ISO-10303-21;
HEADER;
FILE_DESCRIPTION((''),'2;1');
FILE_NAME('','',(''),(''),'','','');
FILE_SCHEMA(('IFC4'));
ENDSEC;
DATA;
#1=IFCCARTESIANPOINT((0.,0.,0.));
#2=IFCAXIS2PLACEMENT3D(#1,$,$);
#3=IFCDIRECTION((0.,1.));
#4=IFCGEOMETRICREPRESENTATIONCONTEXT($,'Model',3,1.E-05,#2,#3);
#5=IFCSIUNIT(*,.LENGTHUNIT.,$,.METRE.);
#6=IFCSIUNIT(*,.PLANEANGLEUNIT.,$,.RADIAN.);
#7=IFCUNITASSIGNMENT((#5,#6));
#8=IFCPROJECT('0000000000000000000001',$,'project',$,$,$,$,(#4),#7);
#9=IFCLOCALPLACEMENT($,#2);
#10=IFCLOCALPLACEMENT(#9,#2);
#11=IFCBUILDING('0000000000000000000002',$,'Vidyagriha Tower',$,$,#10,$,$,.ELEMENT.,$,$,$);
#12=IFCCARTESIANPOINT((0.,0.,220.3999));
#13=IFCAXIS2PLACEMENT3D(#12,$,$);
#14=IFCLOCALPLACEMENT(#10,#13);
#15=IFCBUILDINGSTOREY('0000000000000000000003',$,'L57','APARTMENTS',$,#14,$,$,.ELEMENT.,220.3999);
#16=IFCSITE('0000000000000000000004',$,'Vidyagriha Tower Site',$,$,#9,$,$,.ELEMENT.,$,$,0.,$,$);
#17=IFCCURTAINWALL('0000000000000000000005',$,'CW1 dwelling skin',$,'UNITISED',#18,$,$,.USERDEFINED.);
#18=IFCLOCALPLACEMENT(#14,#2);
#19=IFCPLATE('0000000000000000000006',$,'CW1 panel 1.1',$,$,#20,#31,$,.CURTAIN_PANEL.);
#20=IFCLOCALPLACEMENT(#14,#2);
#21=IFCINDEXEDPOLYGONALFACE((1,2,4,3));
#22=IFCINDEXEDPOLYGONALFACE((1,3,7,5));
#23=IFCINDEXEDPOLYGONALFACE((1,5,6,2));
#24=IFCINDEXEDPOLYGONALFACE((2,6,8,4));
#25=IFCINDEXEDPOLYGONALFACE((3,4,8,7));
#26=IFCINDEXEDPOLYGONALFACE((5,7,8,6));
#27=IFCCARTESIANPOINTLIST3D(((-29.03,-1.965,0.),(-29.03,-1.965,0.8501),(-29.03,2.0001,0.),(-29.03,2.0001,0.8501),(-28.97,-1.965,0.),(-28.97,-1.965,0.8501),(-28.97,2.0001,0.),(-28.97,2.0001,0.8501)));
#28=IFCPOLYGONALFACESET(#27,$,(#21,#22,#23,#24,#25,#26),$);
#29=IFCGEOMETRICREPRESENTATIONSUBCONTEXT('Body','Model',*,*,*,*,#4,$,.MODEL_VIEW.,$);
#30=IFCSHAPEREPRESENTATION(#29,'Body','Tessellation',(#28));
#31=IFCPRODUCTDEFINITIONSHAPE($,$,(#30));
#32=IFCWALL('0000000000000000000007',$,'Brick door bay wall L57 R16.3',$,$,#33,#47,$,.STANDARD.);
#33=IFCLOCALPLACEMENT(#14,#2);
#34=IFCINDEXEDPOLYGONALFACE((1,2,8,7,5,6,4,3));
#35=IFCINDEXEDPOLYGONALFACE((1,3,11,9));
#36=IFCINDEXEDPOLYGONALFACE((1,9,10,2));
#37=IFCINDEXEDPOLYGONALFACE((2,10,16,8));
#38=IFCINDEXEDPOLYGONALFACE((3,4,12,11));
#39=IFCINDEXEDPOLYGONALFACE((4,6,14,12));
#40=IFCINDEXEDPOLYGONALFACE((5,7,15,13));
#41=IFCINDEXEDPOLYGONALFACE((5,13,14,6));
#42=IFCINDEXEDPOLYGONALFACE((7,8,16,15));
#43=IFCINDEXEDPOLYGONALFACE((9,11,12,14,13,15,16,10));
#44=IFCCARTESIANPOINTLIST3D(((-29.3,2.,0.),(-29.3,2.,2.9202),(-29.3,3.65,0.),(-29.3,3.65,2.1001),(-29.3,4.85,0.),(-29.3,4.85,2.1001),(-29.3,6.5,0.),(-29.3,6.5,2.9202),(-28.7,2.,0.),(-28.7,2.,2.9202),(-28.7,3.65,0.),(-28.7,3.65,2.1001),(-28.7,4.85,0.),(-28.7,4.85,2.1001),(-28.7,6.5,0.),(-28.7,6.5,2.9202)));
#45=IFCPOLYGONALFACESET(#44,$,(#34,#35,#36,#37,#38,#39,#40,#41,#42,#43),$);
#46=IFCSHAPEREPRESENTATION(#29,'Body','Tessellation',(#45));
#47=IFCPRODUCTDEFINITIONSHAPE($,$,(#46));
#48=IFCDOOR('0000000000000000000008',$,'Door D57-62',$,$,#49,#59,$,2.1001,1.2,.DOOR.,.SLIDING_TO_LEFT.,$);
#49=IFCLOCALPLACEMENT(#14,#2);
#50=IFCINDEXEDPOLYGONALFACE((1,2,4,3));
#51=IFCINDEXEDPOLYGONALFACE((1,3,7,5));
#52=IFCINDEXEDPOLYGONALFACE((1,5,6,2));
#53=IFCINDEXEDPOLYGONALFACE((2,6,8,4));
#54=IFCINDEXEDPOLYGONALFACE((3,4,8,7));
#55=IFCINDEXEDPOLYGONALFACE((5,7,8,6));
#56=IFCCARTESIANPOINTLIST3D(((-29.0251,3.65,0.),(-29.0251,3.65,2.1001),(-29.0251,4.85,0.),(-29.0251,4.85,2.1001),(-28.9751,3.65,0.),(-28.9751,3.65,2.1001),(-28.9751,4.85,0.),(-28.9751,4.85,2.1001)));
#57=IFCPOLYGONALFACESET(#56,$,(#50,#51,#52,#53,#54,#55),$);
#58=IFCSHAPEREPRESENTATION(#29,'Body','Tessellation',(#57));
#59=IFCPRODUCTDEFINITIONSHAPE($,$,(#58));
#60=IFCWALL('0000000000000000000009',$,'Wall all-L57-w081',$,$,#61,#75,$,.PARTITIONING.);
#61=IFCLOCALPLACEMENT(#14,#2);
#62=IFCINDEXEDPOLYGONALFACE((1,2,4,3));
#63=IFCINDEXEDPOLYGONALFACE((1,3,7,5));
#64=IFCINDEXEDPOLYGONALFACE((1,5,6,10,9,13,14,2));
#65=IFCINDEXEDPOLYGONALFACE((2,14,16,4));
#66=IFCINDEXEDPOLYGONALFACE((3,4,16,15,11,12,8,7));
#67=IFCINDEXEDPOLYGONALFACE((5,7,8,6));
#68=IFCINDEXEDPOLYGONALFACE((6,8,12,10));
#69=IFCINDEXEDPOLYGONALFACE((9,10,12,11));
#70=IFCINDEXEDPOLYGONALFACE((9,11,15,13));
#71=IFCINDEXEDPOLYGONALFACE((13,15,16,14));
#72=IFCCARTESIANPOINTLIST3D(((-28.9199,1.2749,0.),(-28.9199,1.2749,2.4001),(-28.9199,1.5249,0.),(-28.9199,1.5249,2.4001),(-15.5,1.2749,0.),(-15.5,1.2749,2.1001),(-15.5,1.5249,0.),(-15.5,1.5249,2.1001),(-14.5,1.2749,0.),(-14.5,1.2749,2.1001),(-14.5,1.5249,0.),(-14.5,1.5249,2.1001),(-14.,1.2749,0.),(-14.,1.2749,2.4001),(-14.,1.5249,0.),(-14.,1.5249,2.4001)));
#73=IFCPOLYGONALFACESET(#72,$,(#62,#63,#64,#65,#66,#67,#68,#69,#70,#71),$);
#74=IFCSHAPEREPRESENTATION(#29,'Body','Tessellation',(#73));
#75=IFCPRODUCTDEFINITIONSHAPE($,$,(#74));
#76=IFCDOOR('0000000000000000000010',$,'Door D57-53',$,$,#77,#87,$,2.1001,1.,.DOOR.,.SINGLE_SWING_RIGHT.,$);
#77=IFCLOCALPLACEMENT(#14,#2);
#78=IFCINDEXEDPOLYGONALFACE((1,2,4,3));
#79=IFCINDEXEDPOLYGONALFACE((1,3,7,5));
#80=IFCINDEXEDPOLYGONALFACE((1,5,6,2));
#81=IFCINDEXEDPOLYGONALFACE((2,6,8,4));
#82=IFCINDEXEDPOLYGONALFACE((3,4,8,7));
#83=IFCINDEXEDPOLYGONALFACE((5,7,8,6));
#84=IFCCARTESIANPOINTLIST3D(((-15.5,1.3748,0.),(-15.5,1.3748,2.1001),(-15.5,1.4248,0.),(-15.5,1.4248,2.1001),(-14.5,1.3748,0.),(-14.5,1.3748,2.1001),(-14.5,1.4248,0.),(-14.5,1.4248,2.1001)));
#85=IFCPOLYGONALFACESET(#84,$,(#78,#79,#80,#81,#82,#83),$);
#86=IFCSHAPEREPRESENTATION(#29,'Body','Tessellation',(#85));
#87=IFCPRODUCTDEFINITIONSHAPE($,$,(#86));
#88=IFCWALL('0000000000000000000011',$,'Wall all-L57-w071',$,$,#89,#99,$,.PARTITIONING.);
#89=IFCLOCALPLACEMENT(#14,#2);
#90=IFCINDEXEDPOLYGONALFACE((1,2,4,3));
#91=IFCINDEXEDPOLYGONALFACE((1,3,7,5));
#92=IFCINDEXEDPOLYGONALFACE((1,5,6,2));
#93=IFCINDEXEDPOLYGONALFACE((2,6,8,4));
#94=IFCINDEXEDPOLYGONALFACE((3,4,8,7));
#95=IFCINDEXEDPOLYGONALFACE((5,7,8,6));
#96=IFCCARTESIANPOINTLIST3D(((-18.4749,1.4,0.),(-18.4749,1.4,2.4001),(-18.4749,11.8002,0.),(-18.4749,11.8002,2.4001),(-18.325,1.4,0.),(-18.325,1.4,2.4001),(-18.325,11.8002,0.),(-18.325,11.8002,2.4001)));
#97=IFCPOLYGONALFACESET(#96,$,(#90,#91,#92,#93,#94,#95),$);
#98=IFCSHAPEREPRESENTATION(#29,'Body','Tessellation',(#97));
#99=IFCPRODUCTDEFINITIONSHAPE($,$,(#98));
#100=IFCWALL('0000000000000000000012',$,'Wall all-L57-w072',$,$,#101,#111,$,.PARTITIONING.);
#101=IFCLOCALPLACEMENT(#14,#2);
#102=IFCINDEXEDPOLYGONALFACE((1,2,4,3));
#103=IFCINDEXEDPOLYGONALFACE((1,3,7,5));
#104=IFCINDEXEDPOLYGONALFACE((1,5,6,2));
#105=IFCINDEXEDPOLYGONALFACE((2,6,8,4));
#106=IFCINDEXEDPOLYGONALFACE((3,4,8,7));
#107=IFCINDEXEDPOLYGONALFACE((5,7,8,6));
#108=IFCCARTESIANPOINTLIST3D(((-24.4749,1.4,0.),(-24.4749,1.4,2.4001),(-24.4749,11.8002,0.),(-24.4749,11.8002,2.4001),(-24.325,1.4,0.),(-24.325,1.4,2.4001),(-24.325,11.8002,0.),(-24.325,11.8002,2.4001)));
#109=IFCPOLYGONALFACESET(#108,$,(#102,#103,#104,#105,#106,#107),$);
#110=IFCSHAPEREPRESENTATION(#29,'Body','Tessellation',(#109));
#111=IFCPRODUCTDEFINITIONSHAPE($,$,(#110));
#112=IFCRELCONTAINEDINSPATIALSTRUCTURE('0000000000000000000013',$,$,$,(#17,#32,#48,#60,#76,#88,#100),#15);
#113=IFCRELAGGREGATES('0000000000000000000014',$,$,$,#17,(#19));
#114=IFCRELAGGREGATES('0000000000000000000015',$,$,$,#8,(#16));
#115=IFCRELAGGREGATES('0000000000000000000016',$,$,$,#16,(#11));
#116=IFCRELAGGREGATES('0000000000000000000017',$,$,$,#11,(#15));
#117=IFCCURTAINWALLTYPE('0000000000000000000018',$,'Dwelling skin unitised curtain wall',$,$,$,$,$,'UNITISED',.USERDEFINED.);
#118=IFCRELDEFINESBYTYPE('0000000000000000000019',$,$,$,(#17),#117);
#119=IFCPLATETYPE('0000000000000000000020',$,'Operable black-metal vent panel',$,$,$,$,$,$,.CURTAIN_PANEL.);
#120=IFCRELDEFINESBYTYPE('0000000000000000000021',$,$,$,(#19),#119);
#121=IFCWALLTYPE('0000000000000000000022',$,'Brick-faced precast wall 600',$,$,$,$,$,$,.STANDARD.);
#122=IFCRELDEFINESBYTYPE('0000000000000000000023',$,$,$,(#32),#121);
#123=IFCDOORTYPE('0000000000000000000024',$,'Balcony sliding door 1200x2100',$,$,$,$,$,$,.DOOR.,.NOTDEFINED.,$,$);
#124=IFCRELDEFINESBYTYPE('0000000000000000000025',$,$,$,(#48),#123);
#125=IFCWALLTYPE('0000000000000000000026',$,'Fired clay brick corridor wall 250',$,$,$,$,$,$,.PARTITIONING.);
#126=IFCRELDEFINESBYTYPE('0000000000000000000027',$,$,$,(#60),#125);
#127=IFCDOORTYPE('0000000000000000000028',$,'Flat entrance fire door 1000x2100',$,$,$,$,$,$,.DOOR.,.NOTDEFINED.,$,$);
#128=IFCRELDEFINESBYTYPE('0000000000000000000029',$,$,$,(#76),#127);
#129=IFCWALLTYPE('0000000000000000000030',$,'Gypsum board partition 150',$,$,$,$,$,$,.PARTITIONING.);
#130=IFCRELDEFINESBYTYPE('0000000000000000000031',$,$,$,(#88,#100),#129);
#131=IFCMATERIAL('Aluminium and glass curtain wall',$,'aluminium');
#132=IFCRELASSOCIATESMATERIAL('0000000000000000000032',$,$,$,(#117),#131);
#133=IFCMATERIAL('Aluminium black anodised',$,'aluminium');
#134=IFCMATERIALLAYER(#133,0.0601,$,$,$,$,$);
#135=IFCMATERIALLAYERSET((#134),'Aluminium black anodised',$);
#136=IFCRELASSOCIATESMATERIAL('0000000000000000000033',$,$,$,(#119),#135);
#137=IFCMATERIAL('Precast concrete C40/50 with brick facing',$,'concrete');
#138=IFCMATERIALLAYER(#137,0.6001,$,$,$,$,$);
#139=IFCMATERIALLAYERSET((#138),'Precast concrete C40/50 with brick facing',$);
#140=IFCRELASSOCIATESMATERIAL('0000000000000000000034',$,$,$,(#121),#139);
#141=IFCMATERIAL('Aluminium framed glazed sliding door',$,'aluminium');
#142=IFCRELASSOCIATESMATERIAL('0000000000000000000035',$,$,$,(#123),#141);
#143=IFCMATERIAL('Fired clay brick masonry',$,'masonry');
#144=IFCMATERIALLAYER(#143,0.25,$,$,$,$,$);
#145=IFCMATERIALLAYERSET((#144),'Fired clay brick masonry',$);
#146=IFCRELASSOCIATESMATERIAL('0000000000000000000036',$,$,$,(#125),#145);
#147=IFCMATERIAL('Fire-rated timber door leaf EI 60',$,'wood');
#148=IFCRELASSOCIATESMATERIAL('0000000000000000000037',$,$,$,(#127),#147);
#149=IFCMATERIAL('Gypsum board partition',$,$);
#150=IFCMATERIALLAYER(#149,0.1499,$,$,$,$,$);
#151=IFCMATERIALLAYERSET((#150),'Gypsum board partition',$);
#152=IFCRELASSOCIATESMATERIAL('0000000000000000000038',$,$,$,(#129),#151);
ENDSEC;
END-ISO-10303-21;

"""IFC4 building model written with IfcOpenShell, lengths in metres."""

from ifc_helpers import new_model, si_unit, direction, frame, frame_2d, origin, origin_2d, place, context, subcontext, project, spatial, rectangle, extrude, material, layer, layer_set, type_object, element, fill, aggregate, save


model = new_model("IFC4")

# Units and contexts
model_context = context("Model", 3, precision=1e-05, world=origin(), true_north=direction((0.0, 1.0)))
body_context = subcontext(model_context, "Body", "Model", "MODEL_VIEW")
ifc_project = project(units=[si_unit("LENGTHUNIT", "METRE"), si_unit("PLANEANGLEUNIT", "RADIAN")], contexts=[model_context])

# Site, building, storey
site_placement = place(None, origin())
site = spatial("IfcSite", under=ifc_project, at=site_placement, Name="Vidyagriha Tower Site", CompositionType="ELEMENT", RefElevation=0.0)
building_placement = place(site_placement, origin())
building = spatial("IfcBuilding", under=site, at=building_placement, Name="Vidyagriha Tower", CompositionType="ELEMENT")
storey_placement = place(building_placement, frame((0.0, 0.0, 220.3999)))
storey = spatial("IfcBuildingStorey", under=building, at=storey_placement, Name="L57", Description="APARTMENTS", CompositionType="ELEMENT", Elevation=220.3999)

# Shared definitions
ifc_material_1 = material(Name="Aluminium and glass curtain wall", Category="aluminium")
curtain_wall_type = type_object("IfcCurtainWallType", Name="Dwelling skin unitised curtain wall", ElementType="UNITISED", PredefinedType="USERDEFINED", material=ifc_material_1)

# Curtain wall
curtain_wall_1_placement = place(storey_placement, origin())
curtain_wall_1 = element("IfcCurtainWall", 1, at=curtain_wall_1_placement, inside=storey, type_object=curtain_wall_type, Name="CW1 dwelling skin", ObjectType="UNITISED", PredefinedType="USERDEFINED")

# Plate
ifc_material_2 = material(Name="Aluminium black anodised", Category="aluminium")
ifc_layer_1 = layer(ifc_material_2, 0.0601)
ifc_layer_set_1 = layer_set([ifc_layer_1], Name="Aluminium black anodised")
plate_type_1 = type_object("IfcPlateType", Name="Operable black-metal vent panel", PredefinedType="CURTAIN_PANEL", material=ifc_layer_set_1)
plate_1_placement = place(storey_placement, frame((-29.0, 0.0176, 0.0), z_axis=(0.0, 0.0, 1.0), x_axis=(0.0, -1.0, 0.0)))
plate_1 = element("IfcPlate", 2, at=plate_1_placement, type_object=plate_type_1, Name="CW1 panel 1.1", PredefinedType="CURTAIN_PANEL", context=body_context, shape_type="SweptSolid", body=[
    extrude(rectangle(XDim=3.9651, YDim=0.0601, at=origin_2d()), origin(), (0.0, 0.0, 1.0), 0.8501),
])
aggregate(curtain_wall_1, [plate_1])

# Walls, openings, doors
ifc_material_3 = material(Name="Precast concrete C40/50 with brick facing", Category="concrete")
ifc_layer_2 = layer(ifc_material_3, 0.6001)
ifc_layer_set_2 = layer_set([ifc_layer_2], Name="Precast concrete C40/50 with brick facing")
wall_type_1 = type_object("IfcWallType", Name="Brick-faced precast wall 600", PredefinedType="STANDARD", material=ifc_layer_set_2)
wall_1_placement = place(storey_placement, frame((-29.0, 6.5, 0.0), z_axis=(0.0, 0.0, 1.0), x_axis=(0.0, -1.0, 0.0)))
wall_1 = element("IfcWall", 3, at=wall_1_placement, inside=storey, type_object=wall_type_1, Name="Brick door bay wall L57 R16.3", PredefinedType="STANDARD", context=body_context, shape_type="SweptSolid", body=[
    extrude(rectangle(XDim=4.5, YDim=0.6001, at=frame_2d((2.25, 0.0))), origin(), (0.0, 0.0, 1.0), 2.9202),
])
opening_1_placement = place(wall_1_placement, frame((1.6499, 0.0, 0.0)))
opening_1 = element("IfcOpeningElement", 4, at=opening_1_placement, cuts=wall_1, PredefinedType="OPENING", context=body_context, shape_type="SweptSolid", body=[
    extrude(rectangle(XDim=1.2, YDim=2.1001, at=frame_2d((0.6001, 1.05))), frame((0.0, 0.3101, 0.0), z_axis=(0.0, -1.0, 0.0), x_axis=(1.0, 0.0, 0.0)), (0.0, 0.0, 1.0), 0.6201),
])
ifc_material_4 = material(Name="Aluminium framed glazed sliding door", Category="aluminium")
door_type_1 = type_object("IfcDoorType", Name="Balcony sliding door 1200x2100", OperationType="NOTDEFINED", PredefinedType="DOOR", material=ifc_material_4)
door_1_placement = place(opening_1_placement, origin())
door_1 = element("IfcDoor", 5, at=door_1_placement, inside=storey, type_object=door_type_1, Name="Door D57-62", OperationType="SLIDING_TO_LEFT", OverallHeight=2.1001, OverallWidth=1.2, PredefinedType="DOOR", context=body_context, shape_type="SweptSolid", body=[
    extrude(rectangle(XDim=1.2, YDim=2.1001, at=frame_2d((0.6001, 1.05))), frame((0.0, 0.0249, 0.0), z_axis=(0.0, -1.0, 0.0), x_axis=(1.0, 0.0, 0.0)), (0.0, 0.0, 1.0), 0.05),
])
fill(opening_1, door_1)
ifc_material_5 = material(Name="Fired clay brick masonry", Category="masonry")
ifc_layer_3 = layer(ifc_material_5, 0.25)
ifc_layer_set_3 = layer_set([ifc_layer_3], Name="Fired clay brick masonry")
wall_type_2 = type_object("IfcWallType", Name="Fired clay brick corridor wall 250", PredefinedType="PARTITIONING", material=ifc_layer_set_3)
wall_2_placement = place(storey_placement, frame((-28.9199, 1.3999, 0.0)))
wall_2 = element("IfcWall", 6, at=wall_2_placement, inside=storey, type_object=wall_type_2, Name="Wall all-L57-w081", PredefinedType="PARTITIONING", context=body_context, shape_type="SweptSolid", body=[
    extrude(rectangle(XDim=14.9199, YDim=0.25, at=frame_2d((7.46, 0.0))), origin(), (0.0, 0.0, 1.0), 2.4001),
])
opening_2_placement = place(wall_2_placement, frame((13.4199, 0.0, 0.0)))
opening_2 = element("IfcOpeningElement", 7, at=opening_2_placement, cuts=wall_2, PredefinedType="OPENING", context=body_context, shape_type="SweptSolid", body=[
    extrude(rectangle(XDim=1.0, YDim=2.1001, at=frame_2d((0.5, 1.05))), frame((0.0, 0.135, 0.0), z_axis=(0.0, -1.0, 0.0), x_axis=(1.0, 0.0, 0.0)), (0.0, 0.0, 1.0), 0.27),
])
ifc_material_6 = material(Name="Fire-rated timber door leaf EI 60", Category="wood")
door_type_2 = type_object("IfcDoorType", Name="Flat entrance fire door 1000x2100", OperationType="NOTDEFINED", PredefinedType="DOOR", material=ifc_material_6)
door_2_placement = place(opening_2_placement, origin())
door_2 = element("IfcDoor", 8, at=door_2_placement, inside=storey, type_object=door_type_2, Name="Door D57-53", OperationType="SINGLE_SWING_RIGHT", OverallHeight=2.1001, OverallWidth=1.0, PredefinedType="DOOR", context=body_context, shape_type="SweptSolid", body=[
    extrude(rectangle(XDim=1.0, YDim=2.1001, at=frame_2d((0.5, 1.05))), frame((0.0, 0.0249, 0.0), z_axis=(0.0, -1.0, 0.0), x_axis=(1.0, 0.0, 0.0)), (0.0, 0.0, 1.0), 0.05),
])
fill(opening_2, door_2)

# Walls
ifc_material_7 = material(Name="Gypsum board partition")
ifc_layer_4 = layer(ifc_material_7, 0.1499)
ifc_layer_set_4 = layer_set([ifc_layer_4], Name="Gypsum board partition")
wall_type_3 = type_object("IfcWallType", Name="Gypsum board partition 150", PredefinedType="PARTITIONING", material=ifc_layer_set_4)
for number, where, z_axis, x_axis, name in (
    (9, (-18.3999, 1.3999, 0.0), (0.0, 0.0, 1.0), (0.0, 1.0, 0.0), "Wall all-L57-w071"),
    (10, (-24.3999, 1.3999, 0.0), (0.0, 0.0, 1.0), (0.0, 1.0, 0.0), "Wall all-L57-w072"),
):
    element("IfcWall", number, at=place(storey_placement, frame(where, z_axis=z_axis, x_axis=x_axis)), inside=storey, type_object=wall_type_3, Name=name, PredefinedType="PARTITIONING", context=body_context, shape_type="SweptSolid", body=[
        extrude(rectangle(XDim=10.4001, YDim=0.1499, at=frame_2d((5.2002, 0.0))), origin(), (0.0, 0.0, 1.0), 2.4001),
    ])

save(model, "model.ifc")
